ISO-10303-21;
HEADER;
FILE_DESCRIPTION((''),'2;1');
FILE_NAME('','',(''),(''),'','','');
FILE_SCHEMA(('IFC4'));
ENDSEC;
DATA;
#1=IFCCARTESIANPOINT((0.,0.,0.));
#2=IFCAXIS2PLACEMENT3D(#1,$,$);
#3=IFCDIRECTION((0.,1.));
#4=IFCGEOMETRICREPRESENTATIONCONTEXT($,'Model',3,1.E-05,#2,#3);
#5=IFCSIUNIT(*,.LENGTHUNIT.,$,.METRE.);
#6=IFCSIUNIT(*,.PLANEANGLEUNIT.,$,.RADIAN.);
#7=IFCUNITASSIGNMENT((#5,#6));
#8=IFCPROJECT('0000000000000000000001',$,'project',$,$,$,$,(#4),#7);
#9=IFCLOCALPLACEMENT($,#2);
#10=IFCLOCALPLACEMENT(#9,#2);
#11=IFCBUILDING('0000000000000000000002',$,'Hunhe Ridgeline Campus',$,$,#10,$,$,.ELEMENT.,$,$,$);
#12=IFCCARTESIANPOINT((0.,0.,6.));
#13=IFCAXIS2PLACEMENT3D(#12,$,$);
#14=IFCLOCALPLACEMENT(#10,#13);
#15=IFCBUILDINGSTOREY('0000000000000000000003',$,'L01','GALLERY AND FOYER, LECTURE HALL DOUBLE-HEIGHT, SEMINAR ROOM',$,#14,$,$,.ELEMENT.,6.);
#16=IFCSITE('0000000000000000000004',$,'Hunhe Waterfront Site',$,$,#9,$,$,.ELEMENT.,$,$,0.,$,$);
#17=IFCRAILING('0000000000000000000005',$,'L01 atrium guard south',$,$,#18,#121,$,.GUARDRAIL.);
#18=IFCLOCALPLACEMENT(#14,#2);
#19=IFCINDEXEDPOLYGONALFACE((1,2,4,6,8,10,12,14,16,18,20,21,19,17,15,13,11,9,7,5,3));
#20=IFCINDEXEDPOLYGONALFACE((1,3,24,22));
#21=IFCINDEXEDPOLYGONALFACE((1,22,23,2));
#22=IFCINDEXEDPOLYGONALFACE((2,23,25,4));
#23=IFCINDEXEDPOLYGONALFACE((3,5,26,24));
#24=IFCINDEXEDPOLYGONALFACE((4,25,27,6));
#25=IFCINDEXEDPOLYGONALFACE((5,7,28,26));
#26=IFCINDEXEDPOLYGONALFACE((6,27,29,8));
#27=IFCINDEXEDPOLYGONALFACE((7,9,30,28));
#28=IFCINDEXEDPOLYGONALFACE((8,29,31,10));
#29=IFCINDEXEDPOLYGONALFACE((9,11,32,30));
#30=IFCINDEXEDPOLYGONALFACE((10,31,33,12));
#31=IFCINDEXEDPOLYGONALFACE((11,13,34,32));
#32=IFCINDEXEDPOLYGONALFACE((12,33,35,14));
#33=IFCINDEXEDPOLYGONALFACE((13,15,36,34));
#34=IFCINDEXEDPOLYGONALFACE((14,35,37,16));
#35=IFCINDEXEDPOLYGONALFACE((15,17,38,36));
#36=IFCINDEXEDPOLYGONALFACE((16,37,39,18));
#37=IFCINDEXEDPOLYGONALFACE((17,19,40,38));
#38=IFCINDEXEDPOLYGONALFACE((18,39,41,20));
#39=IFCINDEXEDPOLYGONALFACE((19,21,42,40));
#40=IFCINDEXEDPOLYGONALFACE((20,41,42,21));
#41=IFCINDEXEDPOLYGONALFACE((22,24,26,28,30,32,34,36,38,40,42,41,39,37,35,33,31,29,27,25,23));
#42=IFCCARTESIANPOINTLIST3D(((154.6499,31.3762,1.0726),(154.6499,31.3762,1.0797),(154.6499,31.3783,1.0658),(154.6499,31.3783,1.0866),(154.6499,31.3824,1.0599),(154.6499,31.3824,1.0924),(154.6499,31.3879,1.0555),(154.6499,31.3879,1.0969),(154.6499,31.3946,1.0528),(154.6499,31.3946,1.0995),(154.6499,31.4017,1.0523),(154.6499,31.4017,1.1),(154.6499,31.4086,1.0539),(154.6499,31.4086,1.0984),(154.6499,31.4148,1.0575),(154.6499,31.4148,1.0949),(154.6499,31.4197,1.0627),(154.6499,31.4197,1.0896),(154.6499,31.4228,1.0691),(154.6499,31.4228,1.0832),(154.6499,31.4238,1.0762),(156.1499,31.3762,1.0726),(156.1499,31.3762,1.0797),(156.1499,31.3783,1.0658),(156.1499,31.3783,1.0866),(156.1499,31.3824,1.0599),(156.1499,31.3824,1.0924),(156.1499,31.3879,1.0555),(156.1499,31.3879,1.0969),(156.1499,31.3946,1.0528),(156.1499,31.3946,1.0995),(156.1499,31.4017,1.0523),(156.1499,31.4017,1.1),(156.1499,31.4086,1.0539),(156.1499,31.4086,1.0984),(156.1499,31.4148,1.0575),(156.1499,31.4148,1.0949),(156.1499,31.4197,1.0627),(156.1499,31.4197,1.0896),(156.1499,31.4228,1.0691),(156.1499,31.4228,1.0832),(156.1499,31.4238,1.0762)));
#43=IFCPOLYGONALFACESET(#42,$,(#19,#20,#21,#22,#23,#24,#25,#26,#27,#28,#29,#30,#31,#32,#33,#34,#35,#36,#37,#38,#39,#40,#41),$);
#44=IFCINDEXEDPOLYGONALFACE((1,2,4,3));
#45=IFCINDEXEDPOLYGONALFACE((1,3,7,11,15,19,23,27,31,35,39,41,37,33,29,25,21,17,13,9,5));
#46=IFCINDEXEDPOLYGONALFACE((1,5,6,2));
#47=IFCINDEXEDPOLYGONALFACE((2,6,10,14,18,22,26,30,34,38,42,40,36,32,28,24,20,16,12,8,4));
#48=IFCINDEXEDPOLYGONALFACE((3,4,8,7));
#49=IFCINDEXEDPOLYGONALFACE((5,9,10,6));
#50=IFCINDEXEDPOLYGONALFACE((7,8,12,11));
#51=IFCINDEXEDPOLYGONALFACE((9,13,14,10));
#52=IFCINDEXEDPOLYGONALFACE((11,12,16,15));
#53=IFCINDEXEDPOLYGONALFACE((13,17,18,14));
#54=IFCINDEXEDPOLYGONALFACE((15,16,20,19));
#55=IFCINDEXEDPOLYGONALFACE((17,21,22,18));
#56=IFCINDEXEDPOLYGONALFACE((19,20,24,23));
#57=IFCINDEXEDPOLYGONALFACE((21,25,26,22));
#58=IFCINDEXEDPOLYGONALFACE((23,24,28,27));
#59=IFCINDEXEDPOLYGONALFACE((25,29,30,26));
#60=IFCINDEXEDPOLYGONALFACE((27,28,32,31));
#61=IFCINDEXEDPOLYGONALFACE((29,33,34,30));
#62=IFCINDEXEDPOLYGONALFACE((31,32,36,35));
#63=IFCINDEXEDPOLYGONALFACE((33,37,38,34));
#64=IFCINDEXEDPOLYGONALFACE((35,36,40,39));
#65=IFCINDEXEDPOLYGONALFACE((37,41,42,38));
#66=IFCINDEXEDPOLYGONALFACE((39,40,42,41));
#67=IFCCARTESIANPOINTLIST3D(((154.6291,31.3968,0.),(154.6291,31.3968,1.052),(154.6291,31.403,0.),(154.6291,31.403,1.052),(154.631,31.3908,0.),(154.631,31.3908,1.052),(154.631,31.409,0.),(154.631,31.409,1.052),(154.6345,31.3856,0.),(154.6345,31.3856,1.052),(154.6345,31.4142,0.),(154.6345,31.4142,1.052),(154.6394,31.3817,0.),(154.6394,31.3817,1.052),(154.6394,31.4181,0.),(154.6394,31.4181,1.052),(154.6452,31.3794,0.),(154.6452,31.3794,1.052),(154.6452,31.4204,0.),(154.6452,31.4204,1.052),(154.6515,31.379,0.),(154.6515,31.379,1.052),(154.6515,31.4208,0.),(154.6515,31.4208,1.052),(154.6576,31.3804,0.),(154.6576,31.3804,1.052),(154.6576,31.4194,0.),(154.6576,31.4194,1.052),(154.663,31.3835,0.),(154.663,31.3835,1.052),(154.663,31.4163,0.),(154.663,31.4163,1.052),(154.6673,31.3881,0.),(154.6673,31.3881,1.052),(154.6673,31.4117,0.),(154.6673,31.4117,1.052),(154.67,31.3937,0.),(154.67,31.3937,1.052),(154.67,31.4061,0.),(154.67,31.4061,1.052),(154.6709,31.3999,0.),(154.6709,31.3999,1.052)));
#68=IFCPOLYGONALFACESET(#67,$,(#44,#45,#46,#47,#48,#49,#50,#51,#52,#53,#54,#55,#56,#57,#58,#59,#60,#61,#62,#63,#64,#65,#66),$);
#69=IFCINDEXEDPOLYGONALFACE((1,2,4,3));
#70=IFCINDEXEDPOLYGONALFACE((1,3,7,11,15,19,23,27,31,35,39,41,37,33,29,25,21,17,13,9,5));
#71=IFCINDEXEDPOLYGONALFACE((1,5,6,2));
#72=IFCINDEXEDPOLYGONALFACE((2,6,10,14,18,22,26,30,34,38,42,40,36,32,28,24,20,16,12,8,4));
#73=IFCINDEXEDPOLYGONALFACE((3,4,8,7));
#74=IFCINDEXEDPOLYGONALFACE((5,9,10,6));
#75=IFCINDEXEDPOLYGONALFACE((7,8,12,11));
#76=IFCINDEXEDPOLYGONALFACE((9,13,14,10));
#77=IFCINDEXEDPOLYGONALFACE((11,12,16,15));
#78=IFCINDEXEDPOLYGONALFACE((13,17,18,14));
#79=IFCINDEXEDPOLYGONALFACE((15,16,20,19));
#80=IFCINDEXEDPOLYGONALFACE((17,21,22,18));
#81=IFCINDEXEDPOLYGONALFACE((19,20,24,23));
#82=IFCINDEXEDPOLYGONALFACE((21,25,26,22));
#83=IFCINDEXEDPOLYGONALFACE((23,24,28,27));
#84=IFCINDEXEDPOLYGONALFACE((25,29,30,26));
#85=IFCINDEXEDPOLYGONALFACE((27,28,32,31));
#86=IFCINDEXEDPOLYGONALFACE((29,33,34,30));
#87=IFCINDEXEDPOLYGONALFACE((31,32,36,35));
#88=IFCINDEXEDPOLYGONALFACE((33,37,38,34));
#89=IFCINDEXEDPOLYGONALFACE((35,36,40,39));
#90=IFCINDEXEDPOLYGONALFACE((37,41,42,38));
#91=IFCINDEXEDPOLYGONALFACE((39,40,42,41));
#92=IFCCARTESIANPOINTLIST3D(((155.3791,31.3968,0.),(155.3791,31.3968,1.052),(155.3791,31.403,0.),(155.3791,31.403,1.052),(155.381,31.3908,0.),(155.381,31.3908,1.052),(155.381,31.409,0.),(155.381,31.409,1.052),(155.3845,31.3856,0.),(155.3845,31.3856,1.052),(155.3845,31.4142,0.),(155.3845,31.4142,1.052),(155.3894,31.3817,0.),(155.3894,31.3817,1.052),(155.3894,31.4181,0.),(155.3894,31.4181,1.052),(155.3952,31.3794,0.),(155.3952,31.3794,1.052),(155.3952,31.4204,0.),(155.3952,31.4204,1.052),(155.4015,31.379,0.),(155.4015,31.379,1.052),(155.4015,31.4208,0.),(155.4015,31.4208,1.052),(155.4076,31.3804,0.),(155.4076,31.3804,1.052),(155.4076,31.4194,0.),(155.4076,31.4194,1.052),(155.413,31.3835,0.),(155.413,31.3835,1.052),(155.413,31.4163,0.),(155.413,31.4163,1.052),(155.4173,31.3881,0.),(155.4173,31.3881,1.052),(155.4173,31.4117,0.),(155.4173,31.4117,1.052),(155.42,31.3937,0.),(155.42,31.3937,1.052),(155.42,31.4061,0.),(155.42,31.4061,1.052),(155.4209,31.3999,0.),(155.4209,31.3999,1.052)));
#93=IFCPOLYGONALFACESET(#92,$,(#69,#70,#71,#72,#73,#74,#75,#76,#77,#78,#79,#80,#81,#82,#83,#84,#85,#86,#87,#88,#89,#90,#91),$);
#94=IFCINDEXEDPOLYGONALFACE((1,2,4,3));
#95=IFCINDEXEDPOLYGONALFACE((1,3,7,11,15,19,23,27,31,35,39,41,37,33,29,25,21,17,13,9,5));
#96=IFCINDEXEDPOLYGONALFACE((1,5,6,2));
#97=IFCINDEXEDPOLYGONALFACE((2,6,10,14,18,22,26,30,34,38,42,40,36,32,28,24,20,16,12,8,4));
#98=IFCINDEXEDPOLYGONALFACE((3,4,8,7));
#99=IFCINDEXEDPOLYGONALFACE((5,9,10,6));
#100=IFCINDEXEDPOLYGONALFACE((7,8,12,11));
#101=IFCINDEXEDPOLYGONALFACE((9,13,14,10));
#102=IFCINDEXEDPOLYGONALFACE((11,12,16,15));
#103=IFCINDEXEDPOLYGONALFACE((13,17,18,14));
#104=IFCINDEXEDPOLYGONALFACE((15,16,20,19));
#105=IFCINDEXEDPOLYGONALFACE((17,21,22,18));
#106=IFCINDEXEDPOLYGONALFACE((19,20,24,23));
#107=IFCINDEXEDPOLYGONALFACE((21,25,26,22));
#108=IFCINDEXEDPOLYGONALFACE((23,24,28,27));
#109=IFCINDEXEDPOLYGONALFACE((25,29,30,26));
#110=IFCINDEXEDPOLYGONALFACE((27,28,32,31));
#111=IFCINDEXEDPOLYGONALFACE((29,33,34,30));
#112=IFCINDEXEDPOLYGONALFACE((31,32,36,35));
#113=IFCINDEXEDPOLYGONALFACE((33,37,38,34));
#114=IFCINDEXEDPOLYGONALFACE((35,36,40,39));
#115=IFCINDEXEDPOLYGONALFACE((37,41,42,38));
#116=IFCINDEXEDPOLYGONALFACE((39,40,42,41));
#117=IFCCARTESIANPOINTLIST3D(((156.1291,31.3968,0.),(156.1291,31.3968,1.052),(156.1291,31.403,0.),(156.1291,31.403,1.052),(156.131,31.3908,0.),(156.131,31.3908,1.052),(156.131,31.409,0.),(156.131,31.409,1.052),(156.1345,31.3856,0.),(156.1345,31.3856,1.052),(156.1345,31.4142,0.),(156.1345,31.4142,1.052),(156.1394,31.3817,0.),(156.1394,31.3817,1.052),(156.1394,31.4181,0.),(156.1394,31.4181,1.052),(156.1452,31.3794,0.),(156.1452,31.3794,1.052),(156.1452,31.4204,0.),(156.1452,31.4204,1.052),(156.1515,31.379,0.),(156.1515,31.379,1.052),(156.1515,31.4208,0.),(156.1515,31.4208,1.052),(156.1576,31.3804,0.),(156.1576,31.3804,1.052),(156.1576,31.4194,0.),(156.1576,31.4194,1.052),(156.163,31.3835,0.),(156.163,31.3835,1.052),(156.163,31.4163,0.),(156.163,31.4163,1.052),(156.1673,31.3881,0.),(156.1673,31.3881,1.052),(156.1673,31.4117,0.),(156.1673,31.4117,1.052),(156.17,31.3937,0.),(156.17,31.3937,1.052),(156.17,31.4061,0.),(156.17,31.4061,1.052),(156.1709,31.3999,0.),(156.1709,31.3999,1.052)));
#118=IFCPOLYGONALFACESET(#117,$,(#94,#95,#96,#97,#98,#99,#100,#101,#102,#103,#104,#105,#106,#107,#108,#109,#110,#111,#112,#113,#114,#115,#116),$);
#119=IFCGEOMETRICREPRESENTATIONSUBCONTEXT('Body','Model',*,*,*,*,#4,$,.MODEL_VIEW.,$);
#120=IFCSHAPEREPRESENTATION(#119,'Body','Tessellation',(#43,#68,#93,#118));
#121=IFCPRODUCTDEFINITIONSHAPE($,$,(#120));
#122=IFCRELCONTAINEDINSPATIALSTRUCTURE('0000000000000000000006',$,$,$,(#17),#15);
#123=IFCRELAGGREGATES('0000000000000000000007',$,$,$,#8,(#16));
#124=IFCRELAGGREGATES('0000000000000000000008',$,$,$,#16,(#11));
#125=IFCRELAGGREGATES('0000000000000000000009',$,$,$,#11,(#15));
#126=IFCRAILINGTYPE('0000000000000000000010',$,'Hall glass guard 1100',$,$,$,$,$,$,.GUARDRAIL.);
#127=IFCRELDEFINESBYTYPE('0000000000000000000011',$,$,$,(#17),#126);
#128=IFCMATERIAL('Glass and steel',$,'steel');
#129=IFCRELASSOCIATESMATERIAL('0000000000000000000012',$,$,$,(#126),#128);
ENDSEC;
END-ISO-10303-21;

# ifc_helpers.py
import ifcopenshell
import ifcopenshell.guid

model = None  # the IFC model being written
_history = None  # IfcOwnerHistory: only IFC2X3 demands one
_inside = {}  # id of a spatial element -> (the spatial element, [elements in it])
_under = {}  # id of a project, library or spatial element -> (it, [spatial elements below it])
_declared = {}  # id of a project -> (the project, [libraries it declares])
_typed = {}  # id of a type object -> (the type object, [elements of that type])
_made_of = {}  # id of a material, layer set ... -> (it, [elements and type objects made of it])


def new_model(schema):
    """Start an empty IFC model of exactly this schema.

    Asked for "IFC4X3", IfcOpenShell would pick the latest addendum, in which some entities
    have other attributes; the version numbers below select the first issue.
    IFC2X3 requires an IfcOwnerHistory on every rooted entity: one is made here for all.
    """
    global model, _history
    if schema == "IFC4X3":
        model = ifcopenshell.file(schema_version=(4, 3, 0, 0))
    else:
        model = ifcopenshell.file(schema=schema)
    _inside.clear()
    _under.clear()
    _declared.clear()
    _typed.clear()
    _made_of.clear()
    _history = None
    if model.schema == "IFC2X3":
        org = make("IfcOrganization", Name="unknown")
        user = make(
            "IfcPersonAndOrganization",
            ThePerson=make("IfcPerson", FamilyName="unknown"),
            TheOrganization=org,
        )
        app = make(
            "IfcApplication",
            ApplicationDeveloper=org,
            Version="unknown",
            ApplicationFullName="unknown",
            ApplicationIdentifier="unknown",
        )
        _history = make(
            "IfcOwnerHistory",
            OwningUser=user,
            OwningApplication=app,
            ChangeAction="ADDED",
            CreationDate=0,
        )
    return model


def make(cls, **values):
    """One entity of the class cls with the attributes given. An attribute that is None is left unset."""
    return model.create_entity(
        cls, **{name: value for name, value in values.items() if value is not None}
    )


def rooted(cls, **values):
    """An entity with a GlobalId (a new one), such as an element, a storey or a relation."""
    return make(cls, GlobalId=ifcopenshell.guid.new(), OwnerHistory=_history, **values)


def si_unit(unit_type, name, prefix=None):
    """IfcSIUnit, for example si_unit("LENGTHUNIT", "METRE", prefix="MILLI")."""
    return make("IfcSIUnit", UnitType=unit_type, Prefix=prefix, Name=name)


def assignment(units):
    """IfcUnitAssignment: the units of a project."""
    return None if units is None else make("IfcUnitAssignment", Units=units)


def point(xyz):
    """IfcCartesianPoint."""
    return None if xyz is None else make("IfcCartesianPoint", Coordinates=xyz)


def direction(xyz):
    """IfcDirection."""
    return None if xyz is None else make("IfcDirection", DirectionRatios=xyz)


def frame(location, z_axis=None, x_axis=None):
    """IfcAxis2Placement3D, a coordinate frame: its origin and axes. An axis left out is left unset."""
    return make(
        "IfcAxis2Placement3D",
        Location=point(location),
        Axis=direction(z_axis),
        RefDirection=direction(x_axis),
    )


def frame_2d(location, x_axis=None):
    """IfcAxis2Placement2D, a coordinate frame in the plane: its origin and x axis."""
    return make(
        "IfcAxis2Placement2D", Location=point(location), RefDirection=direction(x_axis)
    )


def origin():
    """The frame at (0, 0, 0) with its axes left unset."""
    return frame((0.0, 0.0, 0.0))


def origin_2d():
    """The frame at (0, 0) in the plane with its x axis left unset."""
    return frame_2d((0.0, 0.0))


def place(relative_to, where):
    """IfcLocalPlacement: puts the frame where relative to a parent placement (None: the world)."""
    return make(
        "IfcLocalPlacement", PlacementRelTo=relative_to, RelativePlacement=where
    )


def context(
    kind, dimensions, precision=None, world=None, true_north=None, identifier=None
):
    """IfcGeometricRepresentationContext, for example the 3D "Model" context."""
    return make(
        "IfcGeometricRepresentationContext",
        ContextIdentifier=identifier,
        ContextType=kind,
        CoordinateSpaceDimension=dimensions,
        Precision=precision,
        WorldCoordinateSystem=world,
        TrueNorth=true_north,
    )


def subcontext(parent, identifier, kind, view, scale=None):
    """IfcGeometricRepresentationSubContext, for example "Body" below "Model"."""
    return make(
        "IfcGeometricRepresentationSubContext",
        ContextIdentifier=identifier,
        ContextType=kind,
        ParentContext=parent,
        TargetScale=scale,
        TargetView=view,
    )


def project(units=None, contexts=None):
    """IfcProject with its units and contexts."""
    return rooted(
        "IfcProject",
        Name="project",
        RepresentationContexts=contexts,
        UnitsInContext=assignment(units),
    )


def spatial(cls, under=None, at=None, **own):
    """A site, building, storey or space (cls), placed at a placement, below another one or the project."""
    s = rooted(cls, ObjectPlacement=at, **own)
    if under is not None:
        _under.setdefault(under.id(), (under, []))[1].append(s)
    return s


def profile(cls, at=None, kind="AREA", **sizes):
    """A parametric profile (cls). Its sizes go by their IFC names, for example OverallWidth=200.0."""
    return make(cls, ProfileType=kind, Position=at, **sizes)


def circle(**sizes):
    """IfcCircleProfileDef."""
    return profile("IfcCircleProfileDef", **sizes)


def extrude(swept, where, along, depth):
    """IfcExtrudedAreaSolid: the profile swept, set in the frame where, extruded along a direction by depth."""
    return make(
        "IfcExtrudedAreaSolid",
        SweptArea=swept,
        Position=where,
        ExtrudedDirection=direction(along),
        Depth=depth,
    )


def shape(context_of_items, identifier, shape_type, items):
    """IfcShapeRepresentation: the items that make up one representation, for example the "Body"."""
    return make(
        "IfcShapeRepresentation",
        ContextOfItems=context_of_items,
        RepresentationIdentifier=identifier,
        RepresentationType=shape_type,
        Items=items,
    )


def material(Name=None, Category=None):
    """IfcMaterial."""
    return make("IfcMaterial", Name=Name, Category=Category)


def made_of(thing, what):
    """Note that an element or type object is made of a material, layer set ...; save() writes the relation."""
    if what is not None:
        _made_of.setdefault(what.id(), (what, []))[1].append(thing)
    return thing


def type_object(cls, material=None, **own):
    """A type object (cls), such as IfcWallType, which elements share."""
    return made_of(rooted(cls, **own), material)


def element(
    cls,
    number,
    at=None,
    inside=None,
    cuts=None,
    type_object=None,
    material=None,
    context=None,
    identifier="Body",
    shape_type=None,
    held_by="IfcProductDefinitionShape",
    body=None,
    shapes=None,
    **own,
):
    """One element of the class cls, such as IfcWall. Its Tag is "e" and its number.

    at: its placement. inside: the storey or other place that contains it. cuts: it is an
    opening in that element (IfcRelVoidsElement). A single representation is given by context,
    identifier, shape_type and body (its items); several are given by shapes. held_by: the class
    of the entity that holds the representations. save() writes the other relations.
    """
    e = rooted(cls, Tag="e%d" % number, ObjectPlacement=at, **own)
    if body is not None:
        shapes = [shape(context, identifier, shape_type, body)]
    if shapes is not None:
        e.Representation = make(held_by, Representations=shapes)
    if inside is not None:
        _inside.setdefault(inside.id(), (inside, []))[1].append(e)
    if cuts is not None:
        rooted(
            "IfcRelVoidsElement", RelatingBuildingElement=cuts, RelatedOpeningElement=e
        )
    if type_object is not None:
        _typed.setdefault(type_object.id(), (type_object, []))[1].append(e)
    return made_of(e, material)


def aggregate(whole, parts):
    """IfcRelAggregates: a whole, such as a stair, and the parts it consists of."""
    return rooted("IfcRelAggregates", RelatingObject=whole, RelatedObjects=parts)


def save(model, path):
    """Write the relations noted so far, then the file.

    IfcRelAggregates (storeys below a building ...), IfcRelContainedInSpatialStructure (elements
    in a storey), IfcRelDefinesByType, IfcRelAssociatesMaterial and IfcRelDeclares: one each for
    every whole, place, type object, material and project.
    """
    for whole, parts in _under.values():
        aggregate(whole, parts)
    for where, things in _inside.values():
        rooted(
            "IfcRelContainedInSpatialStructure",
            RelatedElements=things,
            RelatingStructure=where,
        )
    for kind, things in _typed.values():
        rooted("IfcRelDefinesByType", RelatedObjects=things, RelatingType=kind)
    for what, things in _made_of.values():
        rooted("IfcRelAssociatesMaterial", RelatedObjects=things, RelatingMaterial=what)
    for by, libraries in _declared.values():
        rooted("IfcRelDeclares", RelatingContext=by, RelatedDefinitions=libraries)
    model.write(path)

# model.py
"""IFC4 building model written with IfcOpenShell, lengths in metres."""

from ifc_helpers import new_model, si_unit, direction, frame, origin, origin_2d, place, context, subcontext, project, spatial, circle, extrude, material, type_object, element, save


model = new_model("IFC4")

# Units and contexts
model_context = context("Model", 3, precision=1e-05, world=origin(), true_north=direction((0.0, 1.0)))
body_context = subcontext(model_context, "Body", "Model", "MODEL_VIEW")
ifc_project = project(units=[si_unit("LENGTHUNIT", "METRE"), si_unit("PLANEANGLEUNIT", "RADIAN")], contexts=[model_context])

# Site, building, storey
site_placement = place(None, origin())
site = spatial("IfcSite", under=ifc_project, at=site_placement, Name="Hunhe Waterfront Site", CompositionType="ELEMENT", RefElevation=0.0)
building_placement = place(site_placement, origin())
building = spatial("IfcBuilding", under=site, at=building_placement, Name="Hunhe Ridgeline Campus", CompositionType="ELEMENT")
storey_placement = place(building_placement, frame((0.0, 0.0, 6.0)))
storey = spatial("IfcBuildingStorey", under=building, at=storey_placement, Name="L01", Description="GALLERY AND FOYER, LECTURE HALL DOUBLE-HEIGHT, SEMINAR ROOM", CompositionType="ELEMENT", Elevation=6.0)

# Railing
ifc_material_1 = material(Name="Glass and steel", Category="steel")
railing_type_1 = type_object("IfcRailingType", Name="Hall glass guard 1100", PredefinedType="GUARDRAIL", material=ifc_material_1)
railing_1_placement = place(storey_placement, frame((154.6499, 31.3999, 0.0)))
element("IfcRailing", 1, at=railing_1_placement, inside=storey, type_object=railing_type_1, Name="L01 atrium guard south", PredefinedType="GUARDRAIL", context=body_context, shape_type="SweptSolid", body=[
    extrude(circle(Radius=0.0239, at=origin_2d()), frame((0.0, 0.0, 1.0762), z_axis=(1.0, 0.0, 0.0), x_axis=(0.0, 1.0, 0.0)), (0.0, 0.0, 1.0), 1.5),
    extrude(circle(Radius=0.021, at=origin_2d()), origin(), (0.0, 0.0, 1.0), 1.052),
    extrude(circle(Radius=0.021, at=origin_2d()), frame((0.75, 0.0, 0.0)), (0.0, 0.0, 1.0), 1.052),
    extrude(circle(Radius=0.021, at=origin_2d()), frame((1.5, 0.0, 0.0)), (0.0, 0.0, 1.0), 1.052),
])

save(model, "model.ifc")
